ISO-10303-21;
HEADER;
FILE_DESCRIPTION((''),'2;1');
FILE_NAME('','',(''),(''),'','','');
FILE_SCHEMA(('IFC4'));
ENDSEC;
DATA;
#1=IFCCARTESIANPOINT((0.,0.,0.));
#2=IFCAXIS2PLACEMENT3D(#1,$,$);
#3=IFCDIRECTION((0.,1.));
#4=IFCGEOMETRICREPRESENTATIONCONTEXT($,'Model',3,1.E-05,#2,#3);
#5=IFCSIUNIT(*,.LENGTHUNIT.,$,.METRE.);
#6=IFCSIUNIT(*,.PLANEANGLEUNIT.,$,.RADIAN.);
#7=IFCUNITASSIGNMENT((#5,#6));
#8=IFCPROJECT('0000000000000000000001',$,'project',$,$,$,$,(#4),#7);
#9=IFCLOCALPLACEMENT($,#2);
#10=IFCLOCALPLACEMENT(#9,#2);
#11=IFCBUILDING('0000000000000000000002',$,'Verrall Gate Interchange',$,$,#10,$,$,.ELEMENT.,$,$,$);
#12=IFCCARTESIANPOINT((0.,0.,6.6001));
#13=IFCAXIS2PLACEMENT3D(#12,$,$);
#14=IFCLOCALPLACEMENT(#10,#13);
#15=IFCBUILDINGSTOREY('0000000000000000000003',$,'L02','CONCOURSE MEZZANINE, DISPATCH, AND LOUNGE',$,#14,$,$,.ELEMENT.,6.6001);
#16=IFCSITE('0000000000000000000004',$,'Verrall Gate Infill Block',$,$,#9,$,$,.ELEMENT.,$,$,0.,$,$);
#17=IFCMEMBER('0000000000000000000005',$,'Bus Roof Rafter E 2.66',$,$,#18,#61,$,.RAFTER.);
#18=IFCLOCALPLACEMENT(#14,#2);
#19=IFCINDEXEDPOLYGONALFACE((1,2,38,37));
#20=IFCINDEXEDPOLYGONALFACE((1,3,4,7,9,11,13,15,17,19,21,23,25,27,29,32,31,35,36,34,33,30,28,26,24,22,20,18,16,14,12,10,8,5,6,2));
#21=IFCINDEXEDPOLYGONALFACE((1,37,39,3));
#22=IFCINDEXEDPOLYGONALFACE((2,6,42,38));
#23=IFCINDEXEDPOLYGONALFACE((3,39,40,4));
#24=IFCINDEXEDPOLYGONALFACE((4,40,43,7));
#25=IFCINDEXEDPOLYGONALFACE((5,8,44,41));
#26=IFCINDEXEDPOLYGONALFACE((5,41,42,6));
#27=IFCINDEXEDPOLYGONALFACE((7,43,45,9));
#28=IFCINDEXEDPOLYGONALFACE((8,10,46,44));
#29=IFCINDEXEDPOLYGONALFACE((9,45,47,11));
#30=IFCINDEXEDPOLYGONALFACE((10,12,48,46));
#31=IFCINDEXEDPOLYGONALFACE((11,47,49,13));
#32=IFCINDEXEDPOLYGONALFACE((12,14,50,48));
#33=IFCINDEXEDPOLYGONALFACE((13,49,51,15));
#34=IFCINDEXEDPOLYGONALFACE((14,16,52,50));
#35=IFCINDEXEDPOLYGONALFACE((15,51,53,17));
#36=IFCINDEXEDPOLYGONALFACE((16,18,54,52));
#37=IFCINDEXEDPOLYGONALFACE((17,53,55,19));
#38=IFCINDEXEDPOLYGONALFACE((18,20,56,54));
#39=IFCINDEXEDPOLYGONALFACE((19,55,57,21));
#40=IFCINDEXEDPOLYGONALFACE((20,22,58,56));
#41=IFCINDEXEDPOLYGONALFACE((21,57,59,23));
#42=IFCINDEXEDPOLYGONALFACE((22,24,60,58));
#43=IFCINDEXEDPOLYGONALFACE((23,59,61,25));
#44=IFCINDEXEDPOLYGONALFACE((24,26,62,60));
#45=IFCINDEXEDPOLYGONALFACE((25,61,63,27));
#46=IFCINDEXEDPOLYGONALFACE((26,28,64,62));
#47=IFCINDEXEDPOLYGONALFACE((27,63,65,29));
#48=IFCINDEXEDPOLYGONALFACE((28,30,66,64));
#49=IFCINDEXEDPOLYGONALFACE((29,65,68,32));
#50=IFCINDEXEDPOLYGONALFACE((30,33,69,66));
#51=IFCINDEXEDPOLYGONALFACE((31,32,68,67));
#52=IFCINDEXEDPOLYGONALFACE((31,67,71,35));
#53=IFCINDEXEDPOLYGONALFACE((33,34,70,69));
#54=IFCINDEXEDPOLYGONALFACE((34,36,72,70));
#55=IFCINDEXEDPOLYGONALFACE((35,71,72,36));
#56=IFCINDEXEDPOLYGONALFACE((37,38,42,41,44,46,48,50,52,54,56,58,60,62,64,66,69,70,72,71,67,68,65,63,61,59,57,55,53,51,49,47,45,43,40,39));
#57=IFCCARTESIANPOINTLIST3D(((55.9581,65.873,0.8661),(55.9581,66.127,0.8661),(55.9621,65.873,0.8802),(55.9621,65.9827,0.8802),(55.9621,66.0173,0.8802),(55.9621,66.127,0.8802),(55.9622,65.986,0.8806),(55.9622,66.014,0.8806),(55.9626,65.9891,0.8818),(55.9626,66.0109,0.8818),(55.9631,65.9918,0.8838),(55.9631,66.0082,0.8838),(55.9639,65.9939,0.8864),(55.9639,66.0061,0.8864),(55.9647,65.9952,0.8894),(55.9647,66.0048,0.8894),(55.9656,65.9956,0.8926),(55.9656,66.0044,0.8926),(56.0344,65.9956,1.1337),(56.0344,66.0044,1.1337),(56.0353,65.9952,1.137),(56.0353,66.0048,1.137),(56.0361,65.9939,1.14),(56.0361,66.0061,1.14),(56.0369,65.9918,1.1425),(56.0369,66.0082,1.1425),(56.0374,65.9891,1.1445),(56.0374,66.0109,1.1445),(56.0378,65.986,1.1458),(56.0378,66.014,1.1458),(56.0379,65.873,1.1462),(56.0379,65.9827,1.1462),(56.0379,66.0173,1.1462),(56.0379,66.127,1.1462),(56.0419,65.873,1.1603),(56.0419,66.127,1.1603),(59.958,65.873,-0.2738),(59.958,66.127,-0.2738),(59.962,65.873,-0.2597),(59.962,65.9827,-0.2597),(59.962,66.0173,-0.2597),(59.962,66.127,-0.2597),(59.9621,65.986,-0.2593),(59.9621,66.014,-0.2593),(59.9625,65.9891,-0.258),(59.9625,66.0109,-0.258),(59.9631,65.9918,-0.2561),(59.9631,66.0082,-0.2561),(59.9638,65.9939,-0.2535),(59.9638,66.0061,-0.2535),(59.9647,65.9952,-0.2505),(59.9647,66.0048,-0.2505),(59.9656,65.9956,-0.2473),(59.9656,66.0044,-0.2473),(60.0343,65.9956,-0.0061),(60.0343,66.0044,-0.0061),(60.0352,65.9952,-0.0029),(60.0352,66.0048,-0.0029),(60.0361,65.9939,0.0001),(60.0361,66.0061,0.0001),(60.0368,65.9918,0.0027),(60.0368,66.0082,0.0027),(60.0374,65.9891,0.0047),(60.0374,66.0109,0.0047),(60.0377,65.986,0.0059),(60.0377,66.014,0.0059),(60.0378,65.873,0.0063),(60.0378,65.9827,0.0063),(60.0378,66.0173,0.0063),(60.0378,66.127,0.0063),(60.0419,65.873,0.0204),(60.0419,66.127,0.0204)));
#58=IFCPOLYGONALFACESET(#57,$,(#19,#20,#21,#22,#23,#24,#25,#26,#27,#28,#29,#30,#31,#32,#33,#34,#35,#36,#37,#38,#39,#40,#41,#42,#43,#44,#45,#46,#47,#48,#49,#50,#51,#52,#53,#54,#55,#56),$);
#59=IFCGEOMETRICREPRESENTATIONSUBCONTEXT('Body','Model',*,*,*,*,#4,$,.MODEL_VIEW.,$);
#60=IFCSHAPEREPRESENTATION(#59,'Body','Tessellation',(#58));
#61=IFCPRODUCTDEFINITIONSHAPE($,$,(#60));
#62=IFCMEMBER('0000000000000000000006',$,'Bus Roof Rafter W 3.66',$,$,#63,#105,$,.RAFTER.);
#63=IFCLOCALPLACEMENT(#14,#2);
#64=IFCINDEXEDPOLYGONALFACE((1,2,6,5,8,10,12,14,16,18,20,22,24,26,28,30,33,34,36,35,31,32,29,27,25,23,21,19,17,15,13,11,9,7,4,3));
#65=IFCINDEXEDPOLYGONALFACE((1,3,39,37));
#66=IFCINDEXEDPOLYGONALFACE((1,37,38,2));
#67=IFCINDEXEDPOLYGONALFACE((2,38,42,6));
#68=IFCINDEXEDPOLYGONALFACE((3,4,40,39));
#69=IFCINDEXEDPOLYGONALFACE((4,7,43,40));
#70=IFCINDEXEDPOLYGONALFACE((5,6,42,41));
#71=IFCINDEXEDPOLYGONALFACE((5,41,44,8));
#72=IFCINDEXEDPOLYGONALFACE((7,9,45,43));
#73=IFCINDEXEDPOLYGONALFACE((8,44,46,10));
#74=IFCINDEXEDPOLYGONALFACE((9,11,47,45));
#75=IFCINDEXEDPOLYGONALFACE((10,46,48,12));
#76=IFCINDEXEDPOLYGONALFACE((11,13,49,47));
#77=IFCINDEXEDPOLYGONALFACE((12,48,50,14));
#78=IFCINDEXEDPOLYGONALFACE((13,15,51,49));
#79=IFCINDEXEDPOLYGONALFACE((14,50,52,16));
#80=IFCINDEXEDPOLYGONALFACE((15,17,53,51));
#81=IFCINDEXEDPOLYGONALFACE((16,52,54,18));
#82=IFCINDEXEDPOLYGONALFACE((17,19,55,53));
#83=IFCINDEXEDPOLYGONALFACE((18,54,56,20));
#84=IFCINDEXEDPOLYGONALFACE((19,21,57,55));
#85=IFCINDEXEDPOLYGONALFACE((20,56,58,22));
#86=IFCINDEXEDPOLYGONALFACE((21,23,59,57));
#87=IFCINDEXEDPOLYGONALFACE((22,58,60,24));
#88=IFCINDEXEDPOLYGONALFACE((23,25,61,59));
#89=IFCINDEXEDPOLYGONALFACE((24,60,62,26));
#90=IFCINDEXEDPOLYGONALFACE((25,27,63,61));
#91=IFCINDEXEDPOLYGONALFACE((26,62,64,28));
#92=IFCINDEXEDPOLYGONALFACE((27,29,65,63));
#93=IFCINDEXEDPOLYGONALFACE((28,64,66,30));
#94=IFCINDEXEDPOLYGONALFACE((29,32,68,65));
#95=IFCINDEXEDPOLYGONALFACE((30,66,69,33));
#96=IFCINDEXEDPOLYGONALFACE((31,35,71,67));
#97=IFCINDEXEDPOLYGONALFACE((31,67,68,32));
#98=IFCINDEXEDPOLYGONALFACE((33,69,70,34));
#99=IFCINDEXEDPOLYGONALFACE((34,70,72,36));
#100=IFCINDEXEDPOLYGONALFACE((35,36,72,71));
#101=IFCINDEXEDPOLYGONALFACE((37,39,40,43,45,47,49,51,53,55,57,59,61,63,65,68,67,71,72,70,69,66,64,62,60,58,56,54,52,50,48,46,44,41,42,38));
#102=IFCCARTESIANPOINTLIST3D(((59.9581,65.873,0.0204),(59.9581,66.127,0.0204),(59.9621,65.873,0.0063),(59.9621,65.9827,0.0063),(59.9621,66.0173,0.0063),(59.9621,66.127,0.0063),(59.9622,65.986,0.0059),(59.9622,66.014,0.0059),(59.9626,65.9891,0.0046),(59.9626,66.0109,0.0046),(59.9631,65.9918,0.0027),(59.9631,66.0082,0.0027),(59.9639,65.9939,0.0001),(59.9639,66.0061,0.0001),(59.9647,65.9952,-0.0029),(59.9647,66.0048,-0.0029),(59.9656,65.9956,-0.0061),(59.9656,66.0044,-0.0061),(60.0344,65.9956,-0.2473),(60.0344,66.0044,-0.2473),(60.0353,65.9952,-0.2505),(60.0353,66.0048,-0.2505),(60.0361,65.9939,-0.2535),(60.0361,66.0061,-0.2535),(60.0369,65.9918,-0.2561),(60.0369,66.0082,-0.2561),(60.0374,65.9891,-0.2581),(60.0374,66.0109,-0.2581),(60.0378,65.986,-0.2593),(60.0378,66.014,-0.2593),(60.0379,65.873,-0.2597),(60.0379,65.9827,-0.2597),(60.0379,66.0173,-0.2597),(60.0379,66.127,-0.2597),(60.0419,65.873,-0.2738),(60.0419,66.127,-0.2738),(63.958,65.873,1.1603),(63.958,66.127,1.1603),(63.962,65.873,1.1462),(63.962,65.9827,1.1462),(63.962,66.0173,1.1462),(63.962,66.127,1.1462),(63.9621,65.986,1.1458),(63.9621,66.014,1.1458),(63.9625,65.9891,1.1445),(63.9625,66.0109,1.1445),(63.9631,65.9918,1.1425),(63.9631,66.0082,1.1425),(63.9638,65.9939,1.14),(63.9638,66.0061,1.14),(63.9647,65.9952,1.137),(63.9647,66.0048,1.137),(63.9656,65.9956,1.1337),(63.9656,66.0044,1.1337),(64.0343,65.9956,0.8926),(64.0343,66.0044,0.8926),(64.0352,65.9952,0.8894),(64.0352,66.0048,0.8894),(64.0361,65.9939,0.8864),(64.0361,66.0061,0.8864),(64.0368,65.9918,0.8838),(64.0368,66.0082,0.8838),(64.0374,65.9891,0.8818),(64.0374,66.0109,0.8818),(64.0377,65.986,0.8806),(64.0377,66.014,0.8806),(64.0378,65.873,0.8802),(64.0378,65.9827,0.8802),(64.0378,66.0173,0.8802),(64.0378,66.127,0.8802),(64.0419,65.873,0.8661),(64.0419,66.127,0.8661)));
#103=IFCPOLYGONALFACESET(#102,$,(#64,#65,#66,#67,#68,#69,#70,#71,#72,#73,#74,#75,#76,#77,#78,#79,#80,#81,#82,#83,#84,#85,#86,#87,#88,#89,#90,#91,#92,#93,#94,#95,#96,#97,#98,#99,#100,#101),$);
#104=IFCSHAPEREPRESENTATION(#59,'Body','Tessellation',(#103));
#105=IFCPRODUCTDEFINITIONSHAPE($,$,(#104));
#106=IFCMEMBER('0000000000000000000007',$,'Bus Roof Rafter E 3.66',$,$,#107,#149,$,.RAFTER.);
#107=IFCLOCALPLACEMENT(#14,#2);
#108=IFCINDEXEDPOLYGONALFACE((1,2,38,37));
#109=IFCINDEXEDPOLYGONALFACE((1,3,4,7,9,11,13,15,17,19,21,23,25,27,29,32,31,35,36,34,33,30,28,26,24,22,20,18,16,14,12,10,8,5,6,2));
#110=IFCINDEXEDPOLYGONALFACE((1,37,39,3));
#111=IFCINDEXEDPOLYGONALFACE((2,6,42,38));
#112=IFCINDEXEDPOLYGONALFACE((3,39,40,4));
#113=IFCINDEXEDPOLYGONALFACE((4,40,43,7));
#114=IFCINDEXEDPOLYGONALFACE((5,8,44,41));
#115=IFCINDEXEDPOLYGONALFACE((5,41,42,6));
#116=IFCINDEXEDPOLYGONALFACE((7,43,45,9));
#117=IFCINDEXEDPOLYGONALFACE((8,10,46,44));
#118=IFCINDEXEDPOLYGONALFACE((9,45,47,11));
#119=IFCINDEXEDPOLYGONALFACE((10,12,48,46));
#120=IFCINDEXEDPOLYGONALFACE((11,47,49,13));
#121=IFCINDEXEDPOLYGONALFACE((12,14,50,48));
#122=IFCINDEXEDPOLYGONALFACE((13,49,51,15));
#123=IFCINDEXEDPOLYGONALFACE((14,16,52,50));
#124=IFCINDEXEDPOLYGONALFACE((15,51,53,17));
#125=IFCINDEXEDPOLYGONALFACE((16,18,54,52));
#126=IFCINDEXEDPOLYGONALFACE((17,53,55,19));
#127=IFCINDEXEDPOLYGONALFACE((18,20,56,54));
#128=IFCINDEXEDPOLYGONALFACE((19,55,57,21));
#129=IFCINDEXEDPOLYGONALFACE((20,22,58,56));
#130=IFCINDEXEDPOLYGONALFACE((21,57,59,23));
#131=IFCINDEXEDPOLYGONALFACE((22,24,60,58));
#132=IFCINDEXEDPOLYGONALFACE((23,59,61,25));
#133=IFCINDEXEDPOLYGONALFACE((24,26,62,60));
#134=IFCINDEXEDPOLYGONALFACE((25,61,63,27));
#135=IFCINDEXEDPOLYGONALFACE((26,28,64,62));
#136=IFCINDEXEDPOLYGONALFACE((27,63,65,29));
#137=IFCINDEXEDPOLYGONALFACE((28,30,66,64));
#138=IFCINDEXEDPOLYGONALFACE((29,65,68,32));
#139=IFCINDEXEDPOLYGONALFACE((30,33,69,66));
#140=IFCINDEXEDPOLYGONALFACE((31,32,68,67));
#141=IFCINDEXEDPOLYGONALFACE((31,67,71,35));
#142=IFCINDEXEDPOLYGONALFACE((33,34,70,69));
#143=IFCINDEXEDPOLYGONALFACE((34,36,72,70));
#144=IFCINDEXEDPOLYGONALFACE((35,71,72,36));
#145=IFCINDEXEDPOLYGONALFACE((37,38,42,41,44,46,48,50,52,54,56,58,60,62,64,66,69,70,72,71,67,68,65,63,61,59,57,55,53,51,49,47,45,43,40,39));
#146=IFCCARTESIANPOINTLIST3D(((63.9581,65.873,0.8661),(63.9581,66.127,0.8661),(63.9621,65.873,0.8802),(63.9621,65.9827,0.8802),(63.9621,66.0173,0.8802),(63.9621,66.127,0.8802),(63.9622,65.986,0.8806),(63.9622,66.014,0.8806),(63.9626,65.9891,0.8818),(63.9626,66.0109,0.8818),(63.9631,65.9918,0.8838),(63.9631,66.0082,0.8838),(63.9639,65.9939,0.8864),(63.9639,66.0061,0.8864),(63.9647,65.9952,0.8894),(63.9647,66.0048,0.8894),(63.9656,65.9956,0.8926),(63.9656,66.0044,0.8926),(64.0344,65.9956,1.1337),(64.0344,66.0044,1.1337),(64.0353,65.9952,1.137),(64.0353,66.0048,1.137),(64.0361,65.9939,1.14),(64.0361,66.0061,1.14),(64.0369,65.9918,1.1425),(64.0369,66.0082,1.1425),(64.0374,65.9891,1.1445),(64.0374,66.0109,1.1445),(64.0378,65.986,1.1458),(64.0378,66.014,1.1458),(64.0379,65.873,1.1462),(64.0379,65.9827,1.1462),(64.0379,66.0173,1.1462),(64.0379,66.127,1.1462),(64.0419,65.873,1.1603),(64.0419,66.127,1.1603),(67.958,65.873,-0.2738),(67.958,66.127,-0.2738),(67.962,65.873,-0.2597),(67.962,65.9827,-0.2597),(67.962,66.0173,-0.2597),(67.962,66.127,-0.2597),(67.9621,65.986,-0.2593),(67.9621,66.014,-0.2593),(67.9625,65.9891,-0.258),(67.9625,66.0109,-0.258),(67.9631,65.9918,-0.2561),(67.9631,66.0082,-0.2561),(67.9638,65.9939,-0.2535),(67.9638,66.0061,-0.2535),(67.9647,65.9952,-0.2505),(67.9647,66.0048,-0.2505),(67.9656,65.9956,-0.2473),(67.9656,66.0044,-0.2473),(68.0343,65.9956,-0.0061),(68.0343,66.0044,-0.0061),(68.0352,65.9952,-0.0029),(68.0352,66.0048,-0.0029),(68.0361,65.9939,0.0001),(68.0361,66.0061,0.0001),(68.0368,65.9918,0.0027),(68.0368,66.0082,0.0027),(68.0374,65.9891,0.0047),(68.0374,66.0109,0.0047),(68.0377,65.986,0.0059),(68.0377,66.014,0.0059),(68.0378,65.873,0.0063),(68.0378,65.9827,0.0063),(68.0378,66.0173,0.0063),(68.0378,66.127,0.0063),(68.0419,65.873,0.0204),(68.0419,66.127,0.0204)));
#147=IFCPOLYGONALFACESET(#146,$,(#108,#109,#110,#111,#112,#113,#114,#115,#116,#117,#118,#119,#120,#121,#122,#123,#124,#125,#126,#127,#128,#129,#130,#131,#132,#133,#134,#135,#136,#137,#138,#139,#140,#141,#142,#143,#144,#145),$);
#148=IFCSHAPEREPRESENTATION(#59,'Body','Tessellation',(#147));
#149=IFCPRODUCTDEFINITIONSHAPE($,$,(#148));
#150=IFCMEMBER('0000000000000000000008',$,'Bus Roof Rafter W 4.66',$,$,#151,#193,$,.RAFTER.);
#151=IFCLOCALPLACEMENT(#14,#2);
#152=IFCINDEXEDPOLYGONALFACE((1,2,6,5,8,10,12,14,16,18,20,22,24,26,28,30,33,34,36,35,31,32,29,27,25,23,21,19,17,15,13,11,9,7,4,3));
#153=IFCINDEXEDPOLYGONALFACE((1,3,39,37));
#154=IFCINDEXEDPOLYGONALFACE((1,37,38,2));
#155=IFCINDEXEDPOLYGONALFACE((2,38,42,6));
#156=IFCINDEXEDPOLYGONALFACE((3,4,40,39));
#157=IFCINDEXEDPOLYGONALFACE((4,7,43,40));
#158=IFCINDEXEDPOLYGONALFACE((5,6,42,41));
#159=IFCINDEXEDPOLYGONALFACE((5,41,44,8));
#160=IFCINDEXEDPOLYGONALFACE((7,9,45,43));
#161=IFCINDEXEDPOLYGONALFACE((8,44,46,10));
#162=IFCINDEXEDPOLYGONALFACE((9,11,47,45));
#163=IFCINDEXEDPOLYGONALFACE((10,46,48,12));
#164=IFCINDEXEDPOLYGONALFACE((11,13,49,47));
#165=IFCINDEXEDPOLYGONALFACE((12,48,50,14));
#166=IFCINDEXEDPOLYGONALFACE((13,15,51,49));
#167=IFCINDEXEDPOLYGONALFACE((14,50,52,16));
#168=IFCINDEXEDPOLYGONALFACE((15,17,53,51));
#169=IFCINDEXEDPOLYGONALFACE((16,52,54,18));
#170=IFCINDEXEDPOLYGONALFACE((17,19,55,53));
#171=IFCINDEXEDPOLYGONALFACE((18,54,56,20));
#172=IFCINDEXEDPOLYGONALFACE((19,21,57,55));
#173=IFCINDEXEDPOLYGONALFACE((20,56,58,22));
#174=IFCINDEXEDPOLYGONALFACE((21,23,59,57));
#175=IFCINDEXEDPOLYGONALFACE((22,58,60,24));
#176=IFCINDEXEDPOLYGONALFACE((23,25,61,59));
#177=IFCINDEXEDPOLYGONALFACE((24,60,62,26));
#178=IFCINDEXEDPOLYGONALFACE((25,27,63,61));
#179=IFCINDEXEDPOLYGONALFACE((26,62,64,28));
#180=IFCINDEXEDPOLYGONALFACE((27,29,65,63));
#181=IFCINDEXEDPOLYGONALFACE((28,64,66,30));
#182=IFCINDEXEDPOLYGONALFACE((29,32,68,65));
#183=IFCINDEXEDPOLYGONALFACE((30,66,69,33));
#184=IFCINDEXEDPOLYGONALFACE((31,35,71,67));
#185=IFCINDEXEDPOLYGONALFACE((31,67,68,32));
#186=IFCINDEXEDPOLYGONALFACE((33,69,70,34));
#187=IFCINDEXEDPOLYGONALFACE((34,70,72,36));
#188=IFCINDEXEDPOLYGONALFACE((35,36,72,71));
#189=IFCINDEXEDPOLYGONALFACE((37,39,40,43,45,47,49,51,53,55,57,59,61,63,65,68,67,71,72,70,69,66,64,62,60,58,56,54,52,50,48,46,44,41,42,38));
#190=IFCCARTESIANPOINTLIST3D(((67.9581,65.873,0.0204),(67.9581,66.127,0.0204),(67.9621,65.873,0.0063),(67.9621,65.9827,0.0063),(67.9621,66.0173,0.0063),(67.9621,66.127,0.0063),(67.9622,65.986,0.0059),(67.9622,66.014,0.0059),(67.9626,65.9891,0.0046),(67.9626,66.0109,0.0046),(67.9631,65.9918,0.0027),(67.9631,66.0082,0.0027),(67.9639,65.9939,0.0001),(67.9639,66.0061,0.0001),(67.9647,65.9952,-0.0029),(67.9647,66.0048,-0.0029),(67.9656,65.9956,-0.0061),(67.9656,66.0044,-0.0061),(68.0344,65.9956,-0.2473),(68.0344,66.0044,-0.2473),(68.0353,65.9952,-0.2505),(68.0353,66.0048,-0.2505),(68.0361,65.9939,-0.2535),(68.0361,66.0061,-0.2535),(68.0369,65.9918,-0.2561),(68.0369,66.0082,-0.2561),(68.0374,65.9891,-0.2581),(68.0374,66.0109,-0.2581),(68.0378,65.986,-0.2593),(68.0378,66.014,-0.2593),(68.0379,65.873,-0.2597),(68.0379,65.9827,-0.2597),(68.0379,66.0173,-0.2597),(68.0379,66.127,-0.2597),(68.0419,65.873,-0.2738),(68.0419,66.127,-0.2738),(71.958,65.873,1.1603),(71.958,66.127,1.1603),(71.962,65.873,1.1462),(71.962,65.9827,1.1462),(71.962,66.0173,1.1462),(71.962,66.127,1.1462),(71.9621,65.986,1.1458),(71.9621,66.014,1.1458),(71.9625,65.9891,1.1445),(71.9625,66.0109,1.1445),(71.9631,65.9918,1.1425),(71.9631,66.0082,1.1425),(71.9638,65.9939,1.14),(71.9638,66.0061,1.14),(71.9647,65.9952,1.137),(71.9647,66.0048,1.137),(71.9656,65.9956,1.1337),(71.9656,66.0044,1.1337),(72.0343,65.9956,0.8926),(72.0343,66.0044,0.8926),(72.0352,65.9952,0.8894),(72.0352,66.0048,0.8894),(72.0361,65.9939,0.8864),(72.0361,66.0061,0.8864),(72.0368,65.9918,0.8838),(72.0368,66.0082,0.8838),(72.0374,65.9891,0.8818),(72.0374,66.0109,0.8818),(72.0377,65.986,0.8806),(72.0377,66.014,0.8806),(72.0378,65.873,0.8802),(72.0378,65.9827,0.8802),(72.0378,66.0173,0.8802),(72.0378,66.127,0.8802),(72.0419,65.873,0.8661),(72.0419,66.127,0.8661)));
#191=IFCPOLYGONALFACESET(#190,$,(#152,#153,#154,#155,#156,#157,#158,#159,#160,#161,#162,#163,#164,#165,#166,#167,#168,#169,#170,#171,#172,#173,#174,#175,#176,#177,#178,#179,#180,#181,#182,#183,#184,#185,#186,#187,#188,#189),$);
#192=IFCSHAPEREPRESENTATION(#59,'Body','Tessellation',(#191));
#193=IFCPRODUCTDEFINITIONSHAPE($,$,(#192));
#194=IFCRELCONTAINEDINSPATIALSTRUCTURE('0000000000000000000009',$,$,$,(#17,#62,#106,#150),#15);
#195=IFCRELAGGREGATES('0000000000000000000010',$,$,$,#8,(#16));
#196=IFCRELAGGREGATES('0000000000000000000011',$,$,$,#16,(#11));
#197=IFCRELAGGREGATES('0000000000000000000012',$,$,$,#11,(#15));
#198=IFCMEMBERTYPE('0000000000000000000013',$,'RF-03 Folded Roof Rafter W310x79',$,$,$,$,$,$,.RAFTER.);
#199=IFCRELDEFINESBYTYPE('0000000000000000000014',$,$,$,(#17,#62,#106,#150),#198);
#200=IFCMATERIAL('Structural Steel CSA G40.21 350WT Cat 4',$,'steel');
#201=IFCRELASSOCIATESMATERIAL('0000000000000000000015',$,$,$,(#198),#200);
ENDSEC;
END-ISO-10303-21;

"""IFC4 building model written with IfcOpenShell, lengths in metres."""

from ifc_helpers import new_model, si_unit, direction, frame, origin, origin_2d, place, context, subcontext, project, spatial, i_section, extrude, material, material_profile, profile_set, type_object, element, save


model = new_model("IFC4")

# Units and contexts
model_context = context("Model", 3, precision=1e-05, world=origin(), true_north=direction((0.0, 1.0)))
body_context = subcontext(model_context, "Body", "Model", "MODEL_VIEW")
ifc_project = project(units=[si_unit("LENGTHUNIT", "METRE"), si_unit("PLANEANGLEUNIT", "RADIAN")], contexts=[model_context])

# Site, building, storey
site_placement = place(None, origin())
site = spatial("IfcSite", under=ifc_project, at=site_placement, Name="Verrall Gate Infill Block", CompositionType="ELEMENT", RefElevation=0.0)
building_placement = place(site_placement, origin())
building = spatial("IfcBuilding", under=site, at=building_placement, Name="Verrall Gate Interchange", CompositionType="ELEMENT")
storey_placement = place(building_placement, frame((0.0, 0.0, 6.6001)))
storey = spatial("IfcBuildingStorey", under=building, at=storey_placement, Name="L02", Description="CONCOURSE MEZZANINE, DISPATCH, AND LOUNGE", CompositionType="ELEMENT", Elevation=6.6001)

# Members
ifc_material_1 = material(Name="Structural Steel CSA G40.21 350WT Cat 4", Category="steel")
ifc_material_profile_1 = material_profile(ifc_material_1, i_section(OverallWidth=0.2539, OverallDepth=0.3059, WebThickness=0.0088, FlangeThickness=0.0146, FilletRadius=0.0129, at=origin_2d()), Name="W310x79")
ifc_profile_set_1 = profile_set([ifc_material_profile_1], Name="Structural Steel CSA G40.21 350WT Cat 4")
member_type_1 = type_object("IfcMemberType", Name="RF-03 Folded Roof Rafter W310x79", PredefinedType="RAFTER", material=ifc_profile_set_1)
for number, where, z_axis, x_axis, name in (
    (1, (56.0, 66.0, 1.0132), (0.961712, 0.0, -0.274062), (0.0, 1.0, 0.0), "Bus Roof Rafter E 2.66"),
    (2, (60.0, 66.0, -0.1267), (0.961712, 0.0, 0.274062), (0.0, 1.0, 0.0), "Bus Roof Rafter W 3.66"),
    (3, (64.0, 66.0, 1.0132), (0.961712, 0.0, -0.274062), (0.0, 1.0, 0.0), "Bus Roof Rafter E 3.66"),
    (4, (68.0, 66.0, -0.1267), (0.961712, 0.0, 0.274062), (0.0, 1.0, 0.0), "Bus Roof Rafter W 4.66"),
):
    element("IfcMember", number, at=place(storey_placement, frame(where, z_axis=z_axis, x_axis=x_axis)), inside=storey, type_object=member_type_1, Name=name, PredefinedType="RAFTER", context=body_context, shape_type="SweptSolid", body=[
        extrude(i_section(OverallWidth=0.2539, OverallDepth=0.3059, WebThickness=0.0088, FlangeThickness=0.0146, FilletRadius=0.0129, at=origin_2d()), origin(), (0.0, 0.0, 1.0), 4.1592),
    ])

save(model, "model.ifc")
